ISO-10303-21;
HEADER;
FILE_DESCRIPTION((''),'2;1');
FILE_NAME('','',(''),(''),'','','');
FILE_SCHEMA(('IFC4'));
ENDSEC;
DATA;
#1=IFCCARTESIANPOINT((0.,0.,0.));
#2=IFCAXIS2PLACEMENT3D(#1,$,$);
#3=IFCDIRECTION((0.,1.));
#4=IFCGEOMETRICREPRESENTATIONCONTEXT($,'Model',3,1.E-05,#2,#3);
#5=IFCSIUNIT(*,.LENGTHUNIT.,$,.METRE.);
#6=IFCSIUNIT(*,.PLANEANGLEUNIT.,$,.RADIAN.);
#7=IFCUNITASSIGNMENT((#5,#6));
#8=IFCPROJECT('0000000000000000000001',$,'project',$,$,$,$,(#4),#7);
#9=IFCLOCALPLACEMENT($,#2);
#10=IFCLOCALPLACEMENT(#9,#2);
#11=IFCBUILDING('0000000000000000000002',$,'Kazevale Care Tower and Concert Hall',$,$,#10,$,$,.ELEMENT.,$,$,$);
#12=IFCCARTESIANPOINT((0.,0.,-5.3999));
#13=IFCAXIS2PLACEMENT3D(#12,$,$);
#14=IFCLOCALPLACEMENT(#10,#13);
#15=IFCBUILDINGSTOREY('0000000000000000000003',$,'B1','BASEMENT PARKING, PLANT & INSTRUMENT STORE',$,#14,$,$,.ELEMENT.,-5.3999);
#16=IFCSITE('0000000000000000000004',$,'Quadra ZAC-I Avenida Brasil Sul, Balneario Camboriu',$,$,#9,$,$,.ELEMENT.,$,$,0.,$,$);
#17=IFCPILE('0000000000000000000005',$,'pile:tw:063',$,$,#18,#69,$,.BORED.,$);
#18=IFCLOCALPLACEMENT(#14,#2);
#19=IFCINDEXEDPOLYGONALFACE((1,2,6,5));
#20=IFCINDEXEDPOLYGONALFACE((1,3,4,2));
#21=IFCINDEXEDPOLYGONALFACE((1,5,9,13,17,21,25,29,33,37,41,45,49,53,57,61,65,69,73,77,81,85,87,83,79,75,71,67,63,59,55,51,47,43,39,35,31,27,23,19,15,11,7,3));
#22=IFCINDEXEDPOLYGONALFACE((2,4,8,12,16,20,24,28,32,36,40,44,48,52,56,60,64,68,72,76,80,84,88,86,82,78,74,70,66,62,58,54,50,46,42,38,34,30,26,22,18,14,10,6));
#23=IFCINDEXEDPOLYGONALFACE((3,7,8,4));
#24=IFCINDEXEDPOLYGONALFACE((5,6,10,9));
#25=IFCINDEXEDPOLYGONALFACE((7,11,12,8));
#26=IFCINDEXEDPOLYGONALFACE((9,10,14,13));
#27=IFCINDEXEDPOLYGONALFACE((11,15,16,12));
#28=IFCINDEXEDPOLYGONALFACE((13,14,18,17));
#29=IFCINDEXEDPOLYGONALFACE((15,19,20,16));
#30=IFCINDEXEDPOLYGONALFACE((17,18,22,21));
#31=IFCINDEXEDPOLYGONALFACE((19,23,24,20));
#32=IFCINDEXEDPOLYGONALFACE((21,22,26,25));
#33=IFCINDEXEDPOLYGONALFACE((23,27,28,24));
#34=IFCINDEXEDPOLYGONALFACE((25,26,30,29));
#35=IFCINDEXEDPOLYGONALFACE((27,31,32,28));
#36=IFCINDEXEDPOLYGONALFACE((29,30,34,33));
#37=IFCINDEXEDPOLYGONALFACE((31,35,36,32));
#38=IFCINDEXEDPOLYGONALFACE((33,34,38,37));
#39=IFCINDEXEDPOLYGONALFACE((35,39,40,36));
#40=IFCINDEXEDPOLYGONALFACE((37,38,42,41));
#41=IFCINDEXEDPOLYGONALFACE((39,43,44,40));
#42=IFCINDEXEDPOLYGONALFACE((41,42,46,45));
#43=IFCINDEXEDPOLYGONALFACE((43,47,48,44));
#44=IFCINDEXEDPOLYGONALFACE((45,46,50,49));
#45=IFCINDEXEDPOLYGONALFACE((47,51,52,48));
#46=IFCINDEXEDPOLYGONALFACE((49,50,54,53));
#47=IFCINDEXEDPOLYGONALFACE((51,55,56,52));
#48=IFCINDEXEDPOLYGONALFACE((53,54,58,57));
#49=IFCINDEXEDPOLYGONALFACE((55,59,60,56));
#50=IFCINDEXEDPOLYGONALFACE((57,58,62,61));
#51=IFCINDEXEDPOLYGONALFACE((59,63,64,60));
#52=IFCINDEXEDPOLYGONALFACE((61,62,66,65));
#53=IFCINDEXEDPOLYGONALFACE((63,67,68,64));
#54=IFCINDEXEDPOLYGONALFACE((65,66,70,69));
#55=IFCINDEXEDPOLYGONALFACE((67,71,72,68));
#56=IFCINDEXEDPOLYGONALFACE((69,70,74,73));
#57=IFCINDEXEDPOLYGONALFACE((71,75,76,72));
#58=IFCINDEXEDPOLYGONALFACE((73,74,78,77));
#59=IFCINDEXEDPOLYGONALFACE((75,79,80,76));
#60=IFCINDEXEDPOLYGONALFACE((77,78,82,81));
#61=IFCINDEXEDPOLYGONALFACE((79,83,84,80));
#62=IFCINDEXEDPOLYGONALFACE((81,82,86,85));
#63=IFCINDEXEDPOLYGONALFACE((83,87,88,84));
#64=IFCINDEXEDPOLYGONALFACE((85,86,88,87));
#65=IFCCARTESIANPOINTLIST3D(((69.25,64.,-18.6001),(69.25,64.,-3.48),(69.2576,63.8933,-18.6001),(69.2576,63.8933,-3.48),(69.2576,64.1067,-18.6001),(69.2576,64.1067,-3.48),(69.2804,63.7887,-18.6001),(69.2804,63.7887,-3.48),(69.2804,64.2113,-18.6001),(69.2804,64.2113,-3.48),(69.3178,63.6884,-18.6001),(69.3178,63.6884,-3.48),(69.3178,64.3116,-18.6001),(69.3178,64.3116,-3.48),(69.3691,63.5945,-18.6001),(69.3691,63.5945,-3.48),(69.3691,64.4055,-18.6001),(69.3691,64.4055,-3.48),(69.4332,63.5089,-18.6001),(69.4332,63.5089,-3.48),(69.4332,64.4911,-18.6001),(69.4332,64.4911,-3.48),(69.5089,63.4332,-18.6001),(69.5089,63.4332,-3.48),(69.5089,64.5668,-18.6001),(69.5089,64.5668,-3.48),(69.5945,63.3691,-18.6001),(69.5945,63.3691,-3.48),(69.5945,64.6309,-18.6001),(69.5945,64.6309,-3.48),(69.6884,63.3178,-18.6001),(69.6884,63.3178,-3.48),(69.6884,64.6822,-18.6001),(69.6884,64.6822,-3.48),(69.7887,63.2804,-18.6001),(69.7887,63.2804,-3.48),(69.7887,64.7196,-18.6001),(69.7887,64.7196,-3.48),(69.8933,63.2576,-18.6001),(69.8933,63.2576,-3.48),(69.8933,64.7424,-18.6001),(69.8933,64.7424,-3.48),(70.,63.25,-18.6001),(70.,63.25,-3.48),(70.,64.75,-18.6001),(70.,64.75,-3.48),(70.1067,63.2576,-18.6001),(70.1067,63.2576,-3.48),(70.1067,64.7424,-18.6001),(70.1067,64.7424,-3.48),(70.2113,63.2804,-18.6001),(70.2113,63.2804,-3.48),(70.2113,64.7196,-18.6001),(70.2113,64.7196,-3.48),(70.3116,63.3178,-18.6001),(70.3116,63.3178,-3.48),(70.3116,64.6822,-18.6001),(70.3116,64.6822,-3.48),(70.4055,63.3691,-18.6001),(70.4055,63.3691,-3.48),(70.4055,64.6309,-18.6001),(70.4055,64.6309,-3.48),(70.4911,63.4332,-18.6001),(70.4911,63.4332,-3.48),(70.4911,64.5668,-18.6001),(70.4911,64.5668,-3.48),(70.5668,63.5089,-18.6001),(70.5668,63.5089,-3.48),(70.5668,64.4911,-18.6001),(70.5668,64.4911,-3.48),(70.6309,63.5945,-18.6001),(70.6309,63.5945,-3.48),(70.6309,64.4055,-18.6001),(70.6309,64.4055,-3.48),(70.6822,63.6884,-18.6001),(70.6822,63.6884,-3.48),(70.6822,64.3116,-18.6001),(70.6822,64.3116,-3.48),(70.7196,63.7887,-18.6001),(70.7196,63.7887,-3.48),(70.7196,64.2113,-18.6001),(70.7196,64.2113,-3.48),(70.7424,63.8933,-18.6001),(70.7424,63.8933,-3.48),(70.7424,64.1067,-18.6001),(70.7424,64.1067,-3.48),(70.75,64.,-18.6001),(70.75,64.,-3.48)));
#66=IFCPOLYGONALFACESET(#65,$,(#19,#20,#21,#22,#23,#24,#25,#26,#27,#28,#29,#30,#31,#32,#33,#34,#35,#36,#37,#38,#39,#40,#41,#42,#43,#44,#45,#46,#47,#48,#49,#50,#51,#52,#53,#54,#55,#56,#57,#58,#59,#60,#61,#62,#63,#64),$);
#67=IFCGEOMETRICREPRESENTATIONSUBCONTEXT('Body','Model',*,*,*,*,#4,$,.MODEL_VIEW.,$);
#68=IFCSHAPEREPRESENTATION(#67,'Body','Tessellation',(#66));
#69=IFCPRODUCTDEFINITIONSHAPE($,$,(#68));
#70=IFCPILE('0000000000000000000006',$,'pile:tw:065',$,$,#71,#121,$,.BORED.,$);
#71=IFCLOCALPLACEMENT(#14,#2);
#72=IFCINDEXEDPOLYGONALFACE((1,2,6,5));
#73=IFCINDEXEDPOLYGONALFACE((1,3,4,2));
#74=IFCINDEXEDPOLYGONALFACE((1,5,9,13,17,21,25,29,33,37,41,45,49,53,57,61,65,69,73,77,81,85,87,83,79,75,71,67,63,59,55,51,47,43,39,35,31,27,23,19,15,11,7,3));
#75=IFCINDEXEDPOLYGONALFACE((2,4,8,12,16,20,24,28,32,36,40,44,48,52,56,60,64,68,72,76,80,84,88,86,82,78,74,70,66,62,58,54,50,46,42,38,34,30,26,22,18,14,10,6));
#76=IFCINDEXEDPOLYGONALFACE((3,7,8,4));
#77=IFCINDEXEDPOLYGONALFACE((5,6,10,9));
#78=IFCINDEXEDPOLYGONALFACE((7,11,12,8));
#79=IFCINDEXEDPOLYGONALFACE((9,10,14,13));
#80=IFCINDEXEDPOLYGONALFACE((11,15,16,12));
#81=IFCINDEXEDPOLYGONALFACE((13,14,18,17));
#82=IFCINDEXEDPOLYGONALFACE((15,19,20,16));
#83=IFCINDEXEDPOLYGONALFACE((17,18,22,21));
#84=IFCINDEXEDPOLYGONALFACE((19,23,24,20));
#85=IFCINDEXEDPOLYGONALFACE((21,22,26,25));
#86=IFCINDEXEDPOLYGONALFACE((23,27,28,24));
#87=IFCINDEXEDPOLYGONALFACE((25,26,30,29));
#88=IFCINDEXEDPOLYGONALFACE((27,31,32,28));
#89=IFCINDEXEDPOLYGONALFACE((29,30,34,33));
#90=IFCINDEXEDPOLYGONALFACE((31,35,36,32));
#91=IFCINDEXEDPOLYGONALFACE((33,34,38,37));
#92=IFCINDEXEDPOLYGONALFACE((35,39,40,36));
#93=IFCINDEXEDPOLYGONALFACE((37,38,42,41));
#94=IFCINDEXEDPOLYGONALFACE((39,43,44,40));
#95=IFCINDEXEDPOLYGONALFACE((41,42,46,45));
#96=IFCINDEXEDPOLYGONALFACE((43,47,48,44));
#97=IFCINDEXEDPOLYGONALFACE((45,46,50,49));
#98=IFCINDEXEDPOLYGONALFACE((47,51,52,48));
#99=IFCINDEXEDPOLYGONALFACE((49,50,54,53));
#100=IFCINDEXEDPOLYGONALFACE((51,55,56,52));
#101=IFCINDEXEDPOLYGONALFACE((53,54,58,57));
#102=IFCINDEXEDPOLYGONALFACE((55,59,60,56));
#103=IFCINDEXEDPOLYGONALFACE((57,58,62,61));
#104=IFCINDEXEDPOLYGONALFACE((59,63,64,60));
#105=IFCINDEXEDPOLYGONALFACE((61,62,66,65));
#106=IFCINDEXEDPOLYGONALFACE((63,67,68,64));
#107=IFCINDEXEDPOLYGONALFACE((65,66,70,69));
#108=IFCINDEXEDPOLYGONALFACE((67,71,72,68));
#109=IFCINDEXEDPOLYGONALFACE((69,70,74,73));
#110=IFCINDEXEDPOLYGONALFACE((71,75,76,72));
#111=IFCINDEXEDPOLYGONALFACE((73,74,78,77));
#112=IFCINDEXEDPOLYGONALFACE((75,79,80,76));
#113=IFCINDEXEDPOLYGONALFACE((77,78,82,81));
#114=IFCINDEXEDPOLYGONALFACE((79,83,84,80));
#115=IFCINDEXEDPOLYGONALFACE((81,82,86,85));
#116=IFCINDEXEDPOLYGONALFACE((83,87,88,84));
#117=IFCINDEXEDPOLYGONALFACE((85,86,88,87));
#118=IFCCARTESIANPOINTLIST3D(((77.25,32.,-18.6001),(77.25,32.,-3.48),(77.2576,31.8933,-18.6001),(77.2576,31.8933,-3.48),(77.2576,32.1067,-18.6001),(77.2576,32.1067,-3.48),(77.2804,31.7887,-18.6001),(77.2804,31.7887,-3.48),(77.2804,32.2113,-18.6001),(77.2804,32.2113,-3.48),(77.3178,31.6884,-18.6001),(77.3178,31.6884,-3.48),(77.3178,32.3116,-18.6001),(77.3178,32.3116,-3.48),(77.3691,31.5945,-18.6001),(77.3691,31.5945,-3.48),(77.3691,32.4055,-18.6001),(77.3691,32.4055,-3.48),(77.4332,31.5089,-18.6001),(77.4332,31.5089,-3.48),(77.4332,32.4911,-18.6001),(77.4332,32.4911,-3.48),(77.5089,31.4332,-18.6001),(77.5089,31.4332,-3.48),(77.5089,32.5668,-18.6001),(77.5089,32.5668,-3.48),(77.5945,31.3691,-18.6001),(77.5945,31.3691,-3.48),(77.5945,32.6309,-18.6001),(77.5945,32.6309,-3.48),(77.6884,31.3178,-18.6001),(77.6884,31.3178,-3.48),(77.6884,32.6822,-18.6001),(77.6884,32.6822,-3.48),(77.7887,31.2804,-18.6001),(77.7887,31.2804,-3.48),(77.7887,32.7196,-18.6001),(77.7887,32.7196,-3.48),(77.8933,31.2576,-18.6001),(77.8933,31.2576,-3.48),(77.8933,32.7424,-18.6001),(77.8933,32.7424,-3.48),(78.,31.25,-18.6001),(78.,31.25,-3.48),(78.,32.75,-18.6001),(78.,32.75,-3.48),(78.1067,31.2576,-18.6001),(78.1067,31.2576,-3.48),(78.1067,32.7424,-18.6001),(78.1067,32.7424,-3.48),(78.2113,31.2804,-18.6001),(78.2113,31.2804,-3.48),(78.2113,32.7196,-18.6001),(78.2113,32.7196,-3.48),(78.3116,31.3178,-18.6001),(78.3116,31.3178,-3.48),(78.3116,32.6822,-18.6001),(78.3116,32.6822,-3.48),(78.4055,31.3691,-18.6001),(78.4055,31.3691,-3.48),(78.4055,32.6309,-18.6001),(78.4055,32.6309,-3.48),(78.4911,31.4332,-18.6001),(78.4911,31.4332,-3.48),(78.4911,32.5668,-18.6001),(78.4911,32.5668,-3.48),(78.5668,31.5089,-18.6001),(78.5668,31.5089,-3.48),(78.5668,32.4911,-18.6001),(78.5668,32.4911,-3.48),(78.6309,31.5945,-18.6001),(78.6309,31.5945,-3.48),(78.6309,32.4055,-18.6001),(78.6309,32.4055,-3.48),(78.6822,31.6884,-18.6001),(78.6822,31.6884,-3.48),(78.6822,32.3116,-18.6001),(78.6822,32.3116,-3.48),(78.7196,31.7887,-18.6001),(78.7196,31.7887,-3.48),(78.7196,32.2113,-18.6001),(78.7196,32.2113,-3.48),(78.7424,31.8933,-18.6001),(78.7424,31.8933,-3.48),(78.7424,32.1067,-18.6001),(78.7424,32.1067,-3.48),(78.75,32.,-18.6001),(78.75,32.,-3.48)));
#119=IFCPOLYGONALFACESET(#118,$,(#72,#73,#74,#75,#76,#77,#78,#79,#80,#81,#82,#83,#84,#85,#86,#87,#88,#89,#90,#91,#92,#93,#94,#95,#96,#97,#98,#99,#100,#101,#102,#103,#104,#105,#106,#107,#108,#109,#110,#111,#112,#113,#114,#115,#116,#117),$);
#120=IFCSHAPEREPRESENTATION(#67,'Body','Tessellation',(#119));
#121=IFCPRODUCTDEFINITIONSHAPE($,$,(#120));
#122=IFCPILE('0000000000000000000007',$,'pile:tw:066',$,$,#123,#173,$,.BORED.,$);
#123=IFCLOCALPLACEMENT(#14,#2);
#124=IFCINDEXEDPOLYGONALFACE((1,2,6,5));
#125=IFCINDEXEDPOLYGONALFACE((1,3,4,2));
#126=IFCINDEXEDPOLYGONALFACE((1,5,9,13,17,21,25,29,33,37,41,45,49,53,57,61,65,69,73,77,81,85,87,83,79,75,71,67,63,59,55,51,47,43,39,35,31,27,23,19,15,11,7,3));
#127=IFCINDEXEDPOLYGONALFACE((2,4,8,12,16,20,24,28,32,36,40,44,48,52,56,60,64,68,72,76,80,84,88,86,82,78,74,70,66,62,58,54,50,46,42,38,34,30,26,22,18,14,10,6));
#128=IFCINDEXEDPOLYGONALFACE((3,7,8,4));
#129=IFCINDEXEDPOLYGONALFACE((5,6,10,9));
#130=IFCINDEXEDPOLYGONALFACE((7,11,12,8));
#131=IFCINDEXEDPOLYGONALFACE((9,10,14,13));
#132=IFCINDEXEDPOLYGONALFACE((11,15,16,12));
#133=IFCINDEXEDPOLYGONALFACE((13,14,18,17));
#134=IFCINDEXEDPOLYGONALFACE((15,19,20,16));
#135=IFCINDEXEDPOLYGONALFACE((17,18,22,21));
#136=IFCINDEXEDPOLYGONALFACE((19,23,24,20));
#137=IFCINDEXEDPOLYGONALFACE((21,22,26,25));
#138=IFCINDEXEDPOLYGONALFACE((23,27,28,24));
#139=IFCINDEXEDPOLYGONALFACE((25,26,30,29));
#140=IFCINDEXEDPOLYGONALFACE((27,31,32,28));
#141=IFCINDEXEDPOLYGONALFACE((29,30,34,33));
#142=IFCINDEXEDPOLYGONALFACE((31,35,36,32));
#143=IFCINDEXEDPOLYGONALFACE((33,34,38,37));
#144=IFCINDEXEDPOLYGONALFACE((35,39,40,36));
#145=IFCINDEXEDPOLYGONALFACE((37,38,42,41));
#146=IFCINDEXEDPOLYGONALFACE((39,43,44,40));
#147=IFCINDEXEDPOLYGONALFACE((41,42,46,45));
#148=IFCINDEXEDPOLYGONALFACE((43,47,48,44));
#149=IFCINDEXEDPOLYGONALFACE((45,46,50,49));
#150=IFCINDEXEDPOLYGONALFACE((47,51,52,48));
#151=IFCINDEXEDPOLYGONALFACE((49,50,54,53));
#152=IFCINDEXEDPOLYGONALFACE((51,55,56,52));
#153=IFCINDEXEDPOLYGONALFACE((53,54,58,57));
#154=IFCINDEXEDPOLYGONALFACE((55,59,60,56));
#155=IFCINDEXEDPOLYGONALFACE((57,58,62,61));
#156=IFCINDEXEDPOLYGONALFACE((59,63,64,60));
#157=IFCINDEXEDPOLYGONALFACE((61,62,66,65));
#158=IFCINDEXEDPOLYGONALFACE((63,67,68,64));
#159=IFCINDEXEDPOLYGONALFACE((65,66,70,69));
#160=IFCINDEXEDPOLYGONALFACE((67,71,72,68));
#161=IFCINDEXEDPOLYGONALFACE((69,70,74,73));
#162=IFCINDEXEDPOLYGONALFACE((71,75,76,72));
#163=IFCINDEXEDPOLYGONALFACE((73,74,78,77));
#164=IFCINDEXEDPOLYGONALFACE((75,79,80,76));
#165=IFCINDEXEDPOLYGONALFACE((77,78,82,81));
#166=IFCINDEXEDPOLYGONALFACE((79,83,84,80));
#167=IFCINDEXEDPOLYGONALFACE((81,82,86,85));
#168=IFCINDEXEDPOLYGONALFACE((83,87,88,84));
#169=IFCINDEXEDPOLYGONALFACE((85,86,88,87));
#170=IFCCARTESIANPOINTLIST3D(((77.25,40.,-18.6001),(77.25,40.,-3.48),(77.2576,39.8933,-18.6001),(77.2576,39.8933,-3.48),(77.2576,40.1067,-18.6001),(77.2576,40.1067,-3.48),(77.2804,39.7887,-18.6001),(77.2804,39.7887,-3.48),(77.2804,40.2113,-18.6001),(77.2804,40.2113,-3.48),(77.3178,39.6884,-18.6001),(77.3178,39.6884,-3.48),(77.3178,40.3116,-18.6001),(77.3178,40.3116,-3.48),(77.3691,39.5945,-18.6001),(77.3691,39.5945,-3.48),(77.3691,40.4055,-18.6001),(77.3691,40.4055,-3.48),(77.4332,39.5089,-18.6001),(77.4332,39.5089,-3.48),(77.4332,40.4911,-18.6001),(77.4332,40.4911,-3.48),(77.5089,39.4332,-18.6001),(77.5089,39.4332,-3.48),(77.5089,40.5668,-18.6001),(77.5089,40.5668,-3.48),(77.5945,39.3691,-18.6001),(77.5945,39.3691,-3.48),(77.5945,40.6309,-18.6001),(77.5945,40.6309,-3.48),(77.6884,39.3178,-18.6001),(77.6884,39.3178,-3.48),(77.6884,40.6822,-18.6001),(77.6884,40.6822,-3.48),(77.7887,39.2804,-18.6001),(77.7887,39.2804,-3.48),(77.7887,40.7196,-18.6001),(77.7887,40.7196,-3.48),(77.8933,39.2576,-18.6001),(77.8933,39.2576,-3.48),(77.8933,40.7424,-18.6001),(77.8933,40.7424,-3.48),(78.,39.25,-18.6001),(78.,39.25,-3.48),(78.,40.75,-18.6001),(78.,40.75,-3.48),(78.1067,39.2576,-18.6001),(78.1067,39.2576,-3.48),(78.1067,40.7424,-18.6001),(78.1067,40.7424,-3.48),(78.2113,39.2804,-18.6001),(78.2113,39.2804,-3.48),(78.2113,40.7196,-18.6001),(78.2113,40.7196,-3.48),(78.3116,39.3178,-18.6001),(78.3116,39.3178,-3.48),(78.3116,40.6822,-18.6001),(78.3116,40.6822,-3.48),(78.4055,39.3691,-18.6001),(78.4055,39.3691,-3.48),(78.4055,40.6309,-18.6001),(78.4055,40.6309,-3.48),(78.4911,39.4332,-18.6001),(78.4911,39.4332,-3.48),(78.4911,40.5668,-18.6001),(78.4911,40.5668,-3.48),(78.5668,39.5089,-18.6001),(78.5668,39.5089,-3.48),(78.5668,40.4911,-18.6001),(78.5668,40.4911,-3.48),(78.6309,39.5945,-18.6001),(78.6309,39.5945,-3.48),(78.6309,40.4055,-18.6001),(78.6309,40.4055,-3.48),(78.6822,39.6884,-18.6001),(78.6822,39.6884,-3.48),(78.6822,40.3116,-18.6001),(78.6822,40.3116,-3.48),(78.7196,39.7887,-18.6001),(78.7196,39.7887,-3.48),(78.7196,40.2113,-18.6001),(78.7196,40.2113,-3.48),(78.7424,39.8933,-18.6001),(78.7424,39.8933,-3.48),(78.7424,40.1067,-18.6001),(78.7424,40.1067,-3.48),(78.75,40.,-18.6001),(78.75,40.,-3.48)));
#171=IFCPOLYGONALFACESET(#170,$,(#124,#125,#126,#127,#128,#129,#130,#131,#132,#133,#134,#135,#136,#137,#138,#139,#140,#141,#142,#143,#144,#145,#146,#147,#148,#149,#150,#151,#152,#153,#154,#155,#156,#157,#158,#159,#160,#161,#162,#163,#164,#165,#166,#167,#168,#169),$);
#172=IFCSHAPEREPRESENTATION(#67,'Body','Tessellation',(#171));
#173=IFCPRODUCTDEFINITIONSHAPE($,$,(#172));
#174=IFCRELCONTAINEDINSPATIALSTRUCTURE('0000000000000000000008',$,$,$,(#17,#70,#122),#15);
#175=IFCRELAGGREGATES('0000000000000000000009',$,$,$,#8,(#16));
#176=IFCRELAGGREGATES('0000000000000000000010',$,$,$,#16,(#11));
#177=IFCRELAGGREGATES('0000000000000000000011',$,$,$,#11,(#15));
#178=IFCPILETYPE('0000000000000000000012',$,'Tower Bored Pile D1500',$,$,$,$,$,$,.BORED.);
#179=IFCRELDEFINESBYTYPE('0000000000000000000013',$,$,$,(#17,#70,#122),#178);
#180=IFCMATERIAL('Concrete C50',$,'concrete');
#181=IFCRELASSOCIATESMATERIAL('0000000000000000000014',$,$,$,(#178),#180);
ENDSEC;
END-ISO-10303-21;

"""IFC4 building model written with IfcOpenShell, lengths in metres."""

from ifc_helpers import new_model, si_unit, direction, frame, origin, origin_2d, place, context, subcontext, project, spatial, circle, extrude, material, material_profile, profile_set, type_object, element, save


model = new_model("IFC4")

# Units and contexts
model_context = context("Model", 3, precision=1e-05, world=origin(), true_north=direction((0.0, 1.0)))
body_context = subcontext(model_context, "Body", "Model", "MODEL_VIEW")
ifc_project = project(units=[si_unit("LENGTHUNIT", "METRE"), si_unit("PLANEANGLEUNIT", "RADIAN")], contexts=[model_context])

# Site, building, storey
site_placement = place(None, origin())
site = spatial("IfcSite", under=ifc_project, at=site_placement, Name="Quadra ZAC-I Avenida Brasil Sul, Balneario Camboriu", CompositionType="ELEMENT", RefElevation=0.0)
building_placement = place(site_placement, origin())
building = spatial("IfcBuilding", under=site, at=building_placement, Name="Kazevale Care Tower and Concert Hall", CompositionType="ELEMENT")
storey_placement = place(building_placement, frame((0.0, 0.0, -5.3999)))
storey = spatial("IfcBuildingStorey", under=building, at=storey_placement, Name="B1", Description="BASEMENT PARKING, PLANT & INSTRUMENT STORE", CompositionType="ELEMENT", Elevation=-5.3999)

# Shared definitions
ifc_material_1 = material(Name="Concrete C50", Category="concrete")

# Piles
ifc_material_profile_1 = material_profile(ifc_material_1, circle(Radius=0.75, at=origin_2d()), Name="PILE-D1500")
ifc_profile_set_1 = profile_set([ifc_material_profile_1], Name="Concrete C50")
pile_type = type_object("IfcPileType", Name="Tower Bored Pile D1500", PredefinedType="BORED", material=ifc_profile_set_1)
for number, where, z_axis, x_axis, name in (
    (1, (70.0, 64.0, -3.48), (0.0, 0.0, -1.0), (1.0, 0.0, 0.0), "pile:tw:063"),
    (2, (78.0, 32.0, -3.48), (0.0, 0.0, -1.0), (1.0, 0.0, 0.0), "pile:tw:065"),
    (3, (78.0, 40.0, -3.48), (0.0, 0.0, -1.0), (1.0, 0.0, 0.0), "pile:tw:066"),
):
    element("IfcPile", number, at=place(storey_placement, frame(where, z_axis=z_axis, x_axis=x_axis)), inside=storey, type_object=pile_type, Name=name, PredefinedType="BORED", context=body_context, shape_type="SweptSolid", body=[
        extrude(circle(Radius=0.75, at=origin_2d()), origin(), (0.0, 0.0, 1.0), 15.1201),
    ])

save(model, "model.ifc")
